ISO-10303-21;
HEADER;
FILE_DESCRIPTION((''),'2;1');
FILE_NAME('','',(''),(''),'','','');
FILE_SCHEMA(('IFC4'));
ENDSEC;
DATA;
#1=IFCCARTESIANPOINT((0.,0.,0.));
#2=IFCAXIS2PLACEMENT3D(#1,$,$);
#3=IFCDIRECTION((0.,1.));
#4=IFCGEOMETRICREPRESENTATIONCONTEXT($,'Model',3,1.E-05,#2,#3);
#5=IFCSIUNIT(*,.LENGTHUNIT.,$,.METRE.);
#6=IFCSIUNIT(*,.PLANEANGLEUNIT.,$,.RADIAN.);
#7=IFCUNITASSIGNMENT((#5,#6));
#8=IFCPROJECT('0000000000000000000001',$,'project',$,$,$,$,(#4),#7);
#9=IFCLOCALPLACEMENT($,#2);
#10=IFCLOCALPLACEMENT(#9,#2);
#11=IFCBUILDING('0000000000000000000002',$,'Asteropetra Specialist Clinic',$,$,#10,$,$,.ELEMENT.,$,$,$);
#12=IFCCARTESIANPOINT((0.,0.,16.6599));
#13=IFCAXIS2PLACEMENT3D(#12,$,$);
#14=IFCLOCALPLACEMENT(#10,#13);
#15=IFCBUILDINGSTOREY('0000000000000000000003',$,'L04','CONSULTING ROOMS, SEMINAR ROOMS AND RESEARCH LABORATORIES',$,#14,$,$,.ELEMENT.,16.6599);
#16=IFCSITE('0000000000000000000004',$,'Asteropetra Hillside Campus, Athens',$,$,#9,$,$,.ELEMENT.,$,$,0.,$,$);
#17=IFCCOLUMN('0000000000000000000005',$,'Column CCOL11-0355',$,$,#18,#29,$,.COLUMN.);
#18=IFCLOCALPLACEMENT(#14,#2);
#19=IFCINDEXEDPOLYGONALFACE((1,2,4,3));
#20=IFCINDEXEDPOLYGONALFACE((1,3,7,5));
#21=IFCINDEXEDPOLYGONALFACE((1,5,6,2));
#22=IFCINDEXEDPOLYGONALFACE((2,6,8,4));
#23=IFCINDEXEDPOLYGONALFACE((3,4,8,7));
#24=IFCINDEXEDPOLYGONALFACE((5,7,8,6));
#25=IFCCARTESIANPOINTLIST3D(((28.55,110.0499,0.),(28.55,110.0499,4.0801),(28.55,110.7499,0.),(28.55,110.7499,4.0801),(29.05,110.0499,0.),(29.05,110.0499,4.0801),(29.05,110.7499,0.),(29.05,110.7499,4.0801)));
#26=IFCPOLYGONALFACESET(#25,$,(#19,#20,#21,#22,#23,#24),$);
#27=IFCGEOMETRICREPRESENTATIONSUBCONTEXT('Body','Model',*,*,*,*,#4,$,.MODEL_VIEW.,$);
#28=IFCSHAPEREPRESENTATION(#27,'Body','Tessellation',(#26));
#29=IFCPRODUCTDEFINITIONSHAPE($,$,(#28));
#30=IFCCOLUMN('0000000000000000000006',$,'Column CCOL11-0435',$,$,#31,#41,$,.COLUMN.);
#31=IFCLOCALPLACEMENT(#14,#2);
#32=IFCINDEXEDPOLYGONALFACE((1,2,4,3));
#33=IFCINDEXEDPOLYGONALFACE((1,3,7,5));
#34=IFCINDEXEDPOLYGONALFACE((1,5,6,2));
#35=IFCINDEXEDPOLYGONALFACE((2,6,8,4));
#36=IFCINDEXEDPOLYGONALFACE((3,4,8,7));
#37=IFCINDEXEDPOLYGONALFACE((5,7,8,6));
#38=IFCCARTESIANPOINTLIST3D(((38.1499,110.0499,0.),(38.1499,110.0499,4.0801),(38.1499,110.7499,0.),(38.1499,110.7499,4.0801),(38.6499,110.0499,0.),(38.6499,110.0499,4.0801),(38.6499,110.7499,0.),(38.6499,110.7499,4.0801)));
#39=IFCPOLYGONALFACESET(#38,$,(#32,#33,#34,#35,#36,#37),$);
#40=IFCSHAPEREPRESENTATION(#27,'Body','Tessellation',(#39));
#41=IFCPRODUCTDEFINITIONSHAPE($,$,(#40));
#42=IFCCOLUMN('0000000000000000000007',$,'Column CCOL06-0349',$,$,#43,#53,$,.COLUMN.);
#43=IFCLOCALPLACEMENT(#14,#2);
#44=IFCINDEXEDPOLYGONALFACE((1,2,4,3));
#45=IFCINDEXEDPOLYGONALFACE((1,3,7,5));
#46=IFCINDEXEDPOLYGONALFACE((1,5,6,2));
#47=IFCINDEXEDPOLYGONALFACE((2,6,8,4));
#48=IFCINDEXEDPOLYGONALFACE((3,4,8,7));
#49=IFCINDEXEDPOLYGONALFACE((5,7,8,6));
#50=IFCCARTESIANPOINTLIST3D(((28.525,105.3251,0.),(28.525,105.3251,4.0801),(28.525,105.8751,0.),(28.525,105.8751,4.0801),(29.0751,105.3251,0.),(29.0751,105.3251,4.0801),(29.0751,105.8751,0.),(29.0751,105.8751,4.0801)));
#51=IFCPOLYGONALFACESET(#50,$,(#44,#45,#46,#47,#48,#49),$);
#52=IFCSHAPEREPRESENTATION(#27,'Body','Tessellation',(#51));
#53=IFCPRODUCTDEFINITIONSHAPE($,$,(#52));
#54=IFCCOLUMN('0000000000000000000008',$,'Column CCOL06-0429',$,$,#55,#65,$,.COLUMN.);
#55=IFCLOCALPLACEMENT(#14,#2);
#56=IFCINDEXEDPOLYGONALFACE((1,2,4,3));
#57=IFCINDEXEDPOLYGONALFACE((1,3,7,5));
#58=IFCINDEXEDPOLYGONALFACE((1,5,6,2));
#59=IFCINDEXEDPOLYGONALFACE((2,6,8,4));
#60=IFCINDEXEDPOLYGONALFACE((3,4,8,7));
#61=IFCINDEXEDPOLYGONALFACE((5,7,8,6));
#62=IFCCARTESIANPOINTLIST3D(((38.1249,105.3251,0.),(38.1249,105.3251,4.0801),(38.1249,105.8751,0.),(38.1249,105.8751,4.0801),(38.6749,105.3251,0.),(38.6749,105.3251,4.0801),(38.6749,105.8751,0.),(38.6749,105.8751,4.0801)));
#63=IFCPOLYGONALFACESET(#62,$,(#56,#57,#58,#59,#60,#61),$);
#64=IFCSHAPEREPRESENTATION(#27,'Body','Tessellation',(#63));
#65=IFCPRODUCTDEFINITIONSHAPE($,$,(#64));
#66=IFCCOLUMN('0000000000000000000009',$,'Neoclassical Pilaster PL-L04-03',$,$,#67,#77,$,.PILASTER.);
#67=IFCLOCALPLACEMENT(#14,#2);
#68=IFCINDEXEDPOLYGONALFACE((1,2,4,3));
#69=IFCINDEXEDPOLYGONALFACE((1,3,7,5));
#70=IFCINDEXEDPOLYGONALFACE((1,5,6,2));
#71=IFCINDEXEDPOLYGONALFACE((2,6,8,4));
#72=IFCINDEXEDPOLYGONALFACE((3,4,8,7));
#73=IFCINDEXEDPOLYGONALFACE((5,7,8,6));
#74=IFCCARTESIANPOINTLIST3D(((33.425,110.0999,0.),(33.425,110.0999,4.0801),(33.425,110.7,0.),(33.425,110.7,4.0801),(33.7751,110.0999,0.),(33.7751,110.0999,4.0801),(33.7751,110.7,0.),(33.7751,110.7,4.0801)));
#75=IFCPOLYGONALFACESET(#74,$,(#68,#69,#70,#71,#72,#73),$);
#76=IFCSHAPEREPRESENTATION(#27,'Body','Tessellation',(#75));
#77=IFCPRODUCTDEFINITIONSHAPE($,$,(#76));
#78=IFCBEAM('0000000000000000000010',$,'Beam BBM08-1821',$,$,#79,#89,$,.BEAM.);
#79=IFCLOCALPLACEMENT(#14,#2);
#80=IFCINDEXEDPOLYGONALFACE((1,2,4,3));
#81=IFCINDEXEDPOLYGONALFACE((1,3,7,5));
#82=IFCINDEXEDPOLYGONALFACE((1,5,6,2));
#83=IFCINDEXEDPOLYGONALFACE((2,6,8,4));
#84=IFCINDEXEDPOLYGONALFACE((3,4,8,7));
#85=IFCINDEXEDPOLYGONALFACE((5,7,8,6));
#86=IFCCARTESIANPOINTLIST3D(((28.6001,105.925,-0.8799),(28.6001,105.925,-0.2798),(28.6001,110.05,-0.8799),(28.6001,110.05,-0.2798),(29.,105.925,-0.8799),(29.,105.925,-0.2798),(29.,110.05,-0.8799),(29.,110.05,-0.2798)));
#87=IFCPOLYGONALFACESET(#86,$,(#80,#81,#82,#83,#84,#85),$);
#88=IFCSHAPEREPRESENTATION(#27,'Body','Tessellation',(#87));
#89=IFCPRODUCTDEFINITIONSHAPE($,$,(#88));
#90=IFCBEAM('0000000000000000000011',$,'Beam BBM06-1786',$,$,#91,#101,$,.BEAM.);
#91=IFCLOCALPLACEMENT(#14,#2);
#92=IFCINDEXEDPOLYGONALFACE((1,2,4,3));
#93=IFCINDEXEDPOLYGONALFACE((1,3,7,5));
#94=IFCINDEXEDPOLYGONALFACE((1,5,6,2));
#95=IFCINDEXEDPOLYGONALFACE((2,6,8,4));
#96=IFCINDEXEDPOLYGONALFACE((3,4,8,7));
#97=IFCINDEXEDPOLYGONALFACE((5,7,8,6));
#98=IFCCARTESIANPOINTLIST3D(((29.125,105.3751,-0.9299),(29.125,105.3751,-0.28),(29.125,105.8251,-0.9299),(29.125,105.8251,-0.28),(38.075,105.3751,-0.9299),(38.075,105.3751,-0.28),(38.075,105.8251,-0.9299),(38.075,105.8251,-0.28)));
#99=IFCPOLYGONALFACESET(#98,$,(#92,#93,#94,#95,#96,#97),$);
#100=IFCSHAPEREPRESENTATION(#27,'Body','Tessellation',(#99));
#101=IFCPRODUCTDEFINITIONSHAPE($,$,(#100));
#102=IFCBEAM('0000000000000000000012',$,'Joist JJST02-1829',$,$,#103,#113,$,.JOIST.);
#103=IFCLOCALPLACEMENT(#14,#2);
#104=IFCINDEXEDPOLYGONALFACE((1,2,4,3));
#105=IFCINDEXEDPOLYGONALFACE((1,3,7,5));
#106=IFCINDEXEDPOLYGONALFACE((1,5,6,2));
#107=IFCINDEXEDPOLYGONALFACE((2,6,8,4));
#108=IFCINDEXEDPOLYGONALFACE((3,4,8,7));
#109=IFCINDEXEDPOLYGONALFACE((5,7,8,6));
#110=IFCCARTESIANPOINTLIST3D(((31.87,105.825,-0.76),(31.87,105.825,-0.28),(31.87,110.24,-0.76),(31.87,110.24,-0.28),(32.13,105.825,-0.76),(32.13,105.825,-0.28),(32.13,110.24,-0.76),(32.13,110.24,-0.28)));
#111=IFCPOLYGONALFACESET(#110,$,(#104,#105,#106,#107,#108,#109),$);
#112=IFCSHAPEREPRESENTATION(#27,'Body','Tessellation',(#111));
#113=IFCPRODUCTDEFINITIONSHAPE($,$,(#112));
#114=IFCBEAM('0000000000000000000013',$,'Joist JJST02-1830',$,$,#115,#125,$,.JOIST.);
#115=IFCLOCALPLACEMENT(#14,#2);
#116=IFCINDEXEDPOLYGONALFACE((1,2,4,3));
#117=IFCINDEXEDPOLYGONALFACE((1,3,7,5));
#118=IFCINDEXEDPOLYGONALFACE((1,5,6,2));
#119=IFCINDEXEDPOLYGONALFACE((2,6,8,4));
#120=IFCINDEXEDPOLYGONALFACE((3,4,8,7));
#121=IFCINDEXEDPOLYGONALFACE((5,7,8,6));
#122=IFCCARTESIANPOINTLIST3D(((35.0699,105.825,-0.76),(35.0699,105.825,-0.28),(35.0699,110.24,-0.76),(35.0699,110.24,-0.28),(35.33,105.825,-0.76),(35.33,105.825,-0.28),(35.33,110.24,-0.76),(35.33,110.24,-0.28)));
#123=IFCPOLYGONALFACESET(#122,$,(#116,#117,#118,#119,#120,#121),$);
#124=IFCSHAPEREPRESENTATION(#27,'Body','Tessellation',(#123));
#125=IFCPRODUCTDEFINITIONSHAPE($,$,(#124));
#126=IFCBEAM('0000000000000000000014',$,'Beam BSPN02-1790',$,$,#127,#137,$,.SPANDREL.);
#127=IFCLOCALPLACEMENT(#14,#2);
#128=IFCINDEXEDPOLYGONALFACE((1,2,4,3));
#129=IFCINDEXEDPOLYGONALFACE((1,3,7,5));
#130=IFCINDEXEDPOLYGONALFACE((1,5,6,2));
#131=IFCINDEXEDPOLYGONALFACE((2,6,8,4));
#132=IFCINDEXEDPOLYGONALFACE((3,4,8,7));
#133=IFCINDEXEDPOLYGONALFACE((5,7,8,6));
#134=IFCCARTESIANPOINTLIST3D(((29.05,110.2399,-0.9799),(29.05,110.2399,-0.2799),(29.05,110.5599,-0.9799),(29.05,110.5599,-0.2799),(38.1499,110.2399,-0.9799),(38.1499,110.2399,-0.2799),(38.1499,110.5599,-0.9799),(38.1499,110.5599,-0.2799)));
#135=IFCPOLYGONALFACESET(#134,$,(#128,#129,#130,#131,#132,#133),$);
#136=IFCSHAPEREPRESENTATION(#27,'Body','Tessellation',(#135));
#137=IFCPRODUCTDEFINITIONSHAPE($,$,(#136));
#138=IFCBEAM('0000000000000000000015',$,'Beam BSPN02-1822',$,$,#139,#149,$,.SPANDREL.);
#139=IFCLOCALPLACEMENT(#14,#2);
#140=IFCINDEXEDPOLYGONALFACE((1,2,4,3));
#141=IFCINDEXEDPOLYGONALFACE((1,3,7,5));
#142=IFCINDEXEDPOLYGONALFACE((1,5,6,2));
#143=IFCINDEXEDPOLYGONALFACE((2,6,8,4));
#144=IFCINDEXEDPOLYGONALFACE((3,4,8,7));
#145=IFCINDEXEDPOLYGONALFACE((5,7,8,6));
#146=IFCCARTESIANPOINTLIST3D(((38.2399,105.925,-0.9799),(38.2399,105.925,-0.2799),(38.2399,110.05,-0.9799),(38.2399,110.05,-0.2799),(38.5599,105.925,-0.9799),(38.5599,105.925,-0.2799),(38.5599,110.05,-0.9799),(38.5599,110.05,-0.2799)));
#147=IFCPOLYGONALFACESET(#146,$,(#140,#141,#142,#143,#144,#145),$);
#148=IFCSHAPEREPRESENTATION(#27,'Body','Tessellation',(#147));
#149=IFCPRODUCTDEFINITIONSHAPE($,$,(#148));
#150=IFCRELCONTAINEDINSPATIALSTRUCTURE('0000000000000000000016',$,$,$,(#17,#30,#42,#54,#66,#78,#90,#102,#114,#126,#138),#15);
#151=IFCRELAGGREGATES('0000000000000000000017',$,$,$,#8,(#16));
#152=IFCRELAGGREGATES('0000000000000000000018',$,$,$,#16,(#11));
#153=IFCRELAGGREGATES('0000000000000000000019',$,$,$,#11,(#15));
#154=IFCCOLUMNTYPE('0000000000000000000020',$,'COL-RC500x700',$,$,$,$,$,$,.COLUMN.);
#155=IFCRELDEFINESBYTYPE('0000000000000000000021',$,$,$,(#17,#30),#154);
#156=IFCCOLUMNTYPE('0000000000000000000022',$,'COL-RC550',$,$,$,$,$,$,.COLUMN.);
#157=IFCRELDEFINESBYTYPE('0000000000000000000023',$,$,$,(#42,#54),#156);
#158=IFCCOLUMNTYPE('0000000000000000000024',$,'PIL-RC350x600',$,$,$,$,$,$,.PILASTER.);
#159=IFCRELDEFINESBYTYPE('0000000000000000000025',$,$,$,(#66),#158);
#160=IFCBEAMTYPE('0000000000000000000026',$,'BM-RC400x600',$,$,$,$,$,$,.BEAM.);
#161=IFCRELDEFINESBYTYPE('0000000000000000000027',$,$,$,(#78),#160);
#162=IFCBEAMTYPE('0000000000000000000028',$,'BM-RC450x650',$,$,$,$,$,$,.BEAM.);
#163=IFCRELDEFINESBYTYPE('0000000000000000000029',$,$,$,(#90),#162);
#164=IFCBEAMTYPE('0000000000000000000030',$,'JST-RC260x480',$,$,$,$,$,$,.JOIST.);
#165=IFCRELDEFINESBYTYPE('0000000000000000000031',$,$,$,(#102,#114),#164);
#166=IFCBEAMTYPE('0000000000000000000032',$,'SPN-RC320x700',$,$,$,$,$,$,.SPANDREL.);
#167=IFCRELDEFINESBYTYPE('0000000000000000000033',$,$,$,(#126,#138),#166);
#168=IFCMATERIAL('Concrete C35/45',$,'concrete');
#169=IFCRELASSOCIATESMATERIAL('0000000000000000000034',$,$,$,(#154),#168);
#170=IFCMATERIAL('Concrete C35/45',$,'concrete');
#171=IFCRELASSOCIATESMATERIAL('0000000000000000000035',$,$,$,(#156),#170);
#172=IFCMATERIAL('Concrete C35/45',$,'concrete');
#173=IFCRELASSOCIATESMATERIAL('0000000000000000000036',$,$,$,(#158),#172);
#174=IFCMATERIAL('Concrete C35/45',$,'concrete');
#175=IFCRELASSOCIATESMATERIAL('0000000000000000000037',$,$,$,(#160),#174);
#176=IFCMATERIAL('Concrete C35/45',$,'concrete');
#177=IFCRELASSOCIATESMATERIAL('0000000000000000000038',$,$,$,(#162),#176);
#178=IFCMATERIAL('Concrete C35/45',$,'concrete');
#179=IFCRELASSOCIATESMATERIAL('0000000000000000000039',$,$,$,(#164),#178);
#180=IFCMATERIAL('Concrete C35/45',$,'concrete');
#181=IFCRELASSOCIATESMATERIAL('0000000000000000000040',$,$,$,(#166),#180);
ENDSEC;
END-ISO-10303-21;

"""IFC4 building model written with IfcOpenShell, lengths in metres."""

from ifc_helpers import new_model, si_unit, direction, frame, origin, origin_2d, place, context, subcontext, project, spatial, rectangle, extrude, material, material_profile, profile_set, type_object, element, save


model = new_model("IFC4")

# Units and contexts
model_context = context("Model", 3, precision=1e-05, world=origin(), true_north=direction((0.0, 1.0)))
body_context = subcontext(model_context, "Body", "Model", "MODEL_VIEW")
ifc_project = project(units=[si_unit("LENGTHUNIT", "METRE"), si_unit("PLANEANGLEUNIT", "RADIAN")], contexts=[model_context])

# Site, building, storey
site_placement = place(None, origin())
site = spatial("IfcSite", under=ifc_project, at=site_placement, Name="Asteropetra Hillside Campus, Athens", CompositionType="ELEMENT", RefElevation=0.0)
building_placement = place(site_placement, origin())
building = spatial("IfcBuilding", under=site, at=building_placement, Name="Asteropetra Specialist Clinic", CompositionType="ELEMENT")
storey_placement = place(building_placement, frame((0.0, 0.0, 16.6599)))
storey = spatial("IfcBuildingStorey", under=building, at=storey_placement, Name="L04", Description="CONSULTING ROOMS, SEMINAR ROOMS AND RESEARCH LABORATORIES", CompositionType="ELEMENT", Elevation=16.6599)

# Columns
ifc_material_1 = material(Name="Concrete C35/45", Category="concrete")
ifc_material_profile_1 = material_profile(ifc_material_1, rectangle(XDim=0.5, YDim=0.7, at=origin_2d()), Name="RC 500x700")
ifc_profile_set_1 = profile_set([ifc_material_profile_1], Name="Concrete C35/45")
column_type_1 = type_object("IfcColumnType", Name="COL-RC500x700", PredefinedType="COLUMN", material=ifc_profile_set_1)
for number, where, z_axis, x_axis, name in (
    (1, (28.8, 110.3999, 0.0), (0.0, 0.0, 1.0), (1.0, 0.0, 0.0), "Column CCOL11-0355"),
    (2, (38.3999, 110.3999, 0.0), (0.0, 0.0, 1.0), (1.0, 0.0, 0.0), "Column CCOL11-0435"),
):
    element("IfcColumn", number, at=place(storey_placement, frame(where, z_axis=z_axis, x_axis=x_axis)), inside=storey, type_object=column_type_1, Name=name, PredefinedType="COLUMN", context=body_context, shape_type="SweptSolid", body=[
        extrude(rectangle(XDim=0.5, YDim=0.7, at=origin_2d()), origin(), (0.0, 0.0, 1.0), 4.0801),
    ])
ifc_material_2 = material(Name="Concrete C35/45", Category="concrete")
ifc_material_profile_2 = material_profile(ifc_material_2, rectangle(XDim=0.55, YDim=0.55, at=origin_2d()), Name="RC 550x550")
ifc_profile_set_2 = profile_set([ifc_material_profile_2], Name="Concrete C35/45")
column_type_2 = type_object("IfcColumnType", Name="COL-RC550", PredefinedType="COLUMN", material=ifc_profile_set_2)
for number, where, z_axis, x_axis, name in (
    (3, (28.8, 105.6001, 0.0), (0.0, 0.0, 1.0), (1.0, 0.0, 0.0), "Column CCOL06-0349"),
    (4, (38.3999, 105.6001, 0.0), (0.0, 0.0, 1.0), (1.0, 0.0, 0.0), "Column CCOL06-0429"),
):
    element("IfcColumn", number, at=place(storey_placement, frame(where, z_axis=z_axis, x_axis=x_axis)), inside=storey, type_object=column_type_2, Name=name, PredefinedType="COLUMN", context=body_context, shape_type="SweptSolid", body=[
        extrude(rectangle(XDim=0.55, YDim=0.55, at=origin_2d()), origin(), (0.0, 0.0, 1.0), 4.0801),
    ])
ifc_material_3 = material(Name="Concrete C35/45", Category="concrete")
ifc_material_profile_3 = material_profile(ifc_material_3, rectangle(XDim=0.3501, YDim=0.6001, at=origin_2d()), Name="PIL 350x600")
ifc_profile_set_3 = profile_set([ifc_material_profile_3], Name="Concrete C35/45")
column_type_3 = type_object("IfcColumnType", Name="PIL-RC350x600", PredefinedType="PILASTER", material=ifc_profile_set_3)
column_placement = place(storey_placement, frame((33.6001, 110.3999, 0.0), z_axis=(0.0, 0.0, 1.0), x_axis=(1.0, 0.0, 0.0)))
element("IfcColumn", 5, at=column_placement, inside=storey, type_object=column_type_3, Name="Neoclassical Pilaster PL-L04-03", PredefinedType="PILASTER", context=body_context, shape_type="SweptSolid", body=[
    extrude(rectangle(XDim=0.3501, YDim=0.6001, at=origin_2d()), origin(), (0.0, 0.0, 1.0), 4.0801),
])

# Beams
ifc_material_4 = material(Name="Concrete C35/45", Category="concrete")
ifc_material_profile_4 = material_profile(ifc_material_4, rectangle(XDim=0.3999, YDim=0.6001, at=origin_2d()), Name="RCB 400x600")
ifc_profile_set_4 = profile_set([ifc_material_profile_4], Name="Concrete C35/45")
beam_type_1 = type_object("IfcBeamType", Name="BM-RC400x600", PredefinedType="BEAM", material=ifc_profile_set_4)
beam_1_placement = place(storey_placement, frame((28.8, 105.925, -0.5798), z_axis=(0.0, 1.0, 0.0), x_axis=(-1.0, 0.0, 0.0)))
element("IfcBeam", 6, at=beam_1_placement, inside=storey, type_object=beam_type_1, Name="Beam BBM08-1821", PredefinedType="BEAM", context=body_context, shape_type="SweptSolid", body=[
    extrude(rectangle(XDim=0.3999, YDim=0.6001, at=origin_2d()), origin(), (0.0, 0.0, 1.0), 4.125),
])
ifc_material_5 = material(Name="Concrete C35/45", Category="concrete")
ifc_material_profile_5 = material_profile(ifc_material_5, rectangle(XDim=0.45, YDim=0.6499, at=origin_2d()), Name="RCB 450x650")
ifc_profile_set_5 = profile_set([ifc_material_profile_5], Name="Concrete C35/45")
beam_type_2 = type_object("IfcBeamType", Name="BM-RC450x650", PredefinedType="BEAM", material=ifc_profile_set_5)
beam_2_placement = place(storey_placement, frame((29.125, 105.6001, -0.605), z_axis=(1.0, 0.0, 0.0), x_axis=(0.0, 1.0, 0.0)))
element("IfcBeam", 7, at=beam_2_placement, inside=storey, type_object=beam_type_2, Name="Beam BBM06-1786", PredefinedType="BEAM", context=body_context, shape_type="SweptSolid", body=[
    extrude(rectangle(XDim=0.45, YDim=0.6499, at=origin_2d()), origin(), (0.0, 0.0, 1.0), 8.95),
])
ifc_material_6 = material(Name="Concrete C35/45", Category="concrete")
ifc_material_profile_6 = material_profile(ifc_material_6, rectangle(XDim=0.26, YDim=0.48, at=origin_2d()), Name="RCJ 260x480")
ifc_profile_set_6 = profile_set([ifc_material_profile_6], Name="Concrete C35/45")
beam_type_3 = type_object("IfcBeamType", Name="JST-RC260x480", PredefinedType="JOIST", material=ifc_profile_set_6)
for number, where, z_axis, x_axis, name in (
    (8, (32.0, 105.825, -0.52), (0.0, 1.0, 0.0), (-1.0, 0.0, 0.0), "Joist JJST02-1829"),
    (9, (35.2, 105.825, -0.52), (0.0, 1.0, 0.0), (-1.0, 0.0, 0.0), "Joist JJST02-1830"),
):
    element("IfcBeam", number, at=place(storey_placement, frame(where, z_axis=z_axis, x_axis=x_axis)), inside=storey, type_object=beam_type_3, Name=name, PredefinedType="JOIST", context=body_context, shape_type="SweptSolid", body=[
        extrude(rectangle(XDim=0.26, YDim=0.48, at=origin_2d()), origin(), (0.0, 0.0, 1.0), 4.415),
    ])
ifc_material_7 = material(Name="Concrete C35/45", Category="concrete")
ifc_material_profile_7 = material_profile(ifc_material_7, rectangle(XDim=0.3201, YDim=0.7, at=origin_2d()), Name="RCS 320x700")
ifc_profile_set_7 = profile_set([ifc_material_profile_7], Name="Concrete C35/45")
beam_type_4 = type_object("IfcBeamType", Name="SPN-RC320x700", PredefinedType="SPANDREL", material=ifc_profile_set_7)
beam_3_placement = place(storey_placement, frame((29.05, 110.3999, -0.6299), z_axis=(1.0, 0.0, 0.0), x_axis=(0.0, 1.0, 0.0)))
element("IfcBeam", 10, at=beam_3_placement, inside=storey, type_object=beam_type_4, Name="Beam BSPN02-1790", PredefinedType="SPANDREL", context=body_context, shape_type="SweptSolid", body=[
    extrude(rectangle(XDim=0.3201, YDim=0.7, at=origin_2d()), origin(), (0.0, 0.0, 1.0), 9.0999),
])
beam_4_placement = place(storey_placement, frame((38.3999, 105.925, -0.6299), z_axis=(0.0, 1.0, 0.0), x_axis=(-1.0, 0.0, 0.0)))
element("IfcBeam", 11, at=beam_4_placement, inside=storey, type_object=beam_type_4, Name="Beam BSPN02-1822", PredefinedType="SPANDREL", context=body_context, shape_type="SweptSolid", body=[
    extrude(rectangle(XDim=0.3201, YDim=0.7, at=origin_2d()), origin(), (0.0, 0.0, 1.0), 4.125),
])

save(model, "model.ifc")
